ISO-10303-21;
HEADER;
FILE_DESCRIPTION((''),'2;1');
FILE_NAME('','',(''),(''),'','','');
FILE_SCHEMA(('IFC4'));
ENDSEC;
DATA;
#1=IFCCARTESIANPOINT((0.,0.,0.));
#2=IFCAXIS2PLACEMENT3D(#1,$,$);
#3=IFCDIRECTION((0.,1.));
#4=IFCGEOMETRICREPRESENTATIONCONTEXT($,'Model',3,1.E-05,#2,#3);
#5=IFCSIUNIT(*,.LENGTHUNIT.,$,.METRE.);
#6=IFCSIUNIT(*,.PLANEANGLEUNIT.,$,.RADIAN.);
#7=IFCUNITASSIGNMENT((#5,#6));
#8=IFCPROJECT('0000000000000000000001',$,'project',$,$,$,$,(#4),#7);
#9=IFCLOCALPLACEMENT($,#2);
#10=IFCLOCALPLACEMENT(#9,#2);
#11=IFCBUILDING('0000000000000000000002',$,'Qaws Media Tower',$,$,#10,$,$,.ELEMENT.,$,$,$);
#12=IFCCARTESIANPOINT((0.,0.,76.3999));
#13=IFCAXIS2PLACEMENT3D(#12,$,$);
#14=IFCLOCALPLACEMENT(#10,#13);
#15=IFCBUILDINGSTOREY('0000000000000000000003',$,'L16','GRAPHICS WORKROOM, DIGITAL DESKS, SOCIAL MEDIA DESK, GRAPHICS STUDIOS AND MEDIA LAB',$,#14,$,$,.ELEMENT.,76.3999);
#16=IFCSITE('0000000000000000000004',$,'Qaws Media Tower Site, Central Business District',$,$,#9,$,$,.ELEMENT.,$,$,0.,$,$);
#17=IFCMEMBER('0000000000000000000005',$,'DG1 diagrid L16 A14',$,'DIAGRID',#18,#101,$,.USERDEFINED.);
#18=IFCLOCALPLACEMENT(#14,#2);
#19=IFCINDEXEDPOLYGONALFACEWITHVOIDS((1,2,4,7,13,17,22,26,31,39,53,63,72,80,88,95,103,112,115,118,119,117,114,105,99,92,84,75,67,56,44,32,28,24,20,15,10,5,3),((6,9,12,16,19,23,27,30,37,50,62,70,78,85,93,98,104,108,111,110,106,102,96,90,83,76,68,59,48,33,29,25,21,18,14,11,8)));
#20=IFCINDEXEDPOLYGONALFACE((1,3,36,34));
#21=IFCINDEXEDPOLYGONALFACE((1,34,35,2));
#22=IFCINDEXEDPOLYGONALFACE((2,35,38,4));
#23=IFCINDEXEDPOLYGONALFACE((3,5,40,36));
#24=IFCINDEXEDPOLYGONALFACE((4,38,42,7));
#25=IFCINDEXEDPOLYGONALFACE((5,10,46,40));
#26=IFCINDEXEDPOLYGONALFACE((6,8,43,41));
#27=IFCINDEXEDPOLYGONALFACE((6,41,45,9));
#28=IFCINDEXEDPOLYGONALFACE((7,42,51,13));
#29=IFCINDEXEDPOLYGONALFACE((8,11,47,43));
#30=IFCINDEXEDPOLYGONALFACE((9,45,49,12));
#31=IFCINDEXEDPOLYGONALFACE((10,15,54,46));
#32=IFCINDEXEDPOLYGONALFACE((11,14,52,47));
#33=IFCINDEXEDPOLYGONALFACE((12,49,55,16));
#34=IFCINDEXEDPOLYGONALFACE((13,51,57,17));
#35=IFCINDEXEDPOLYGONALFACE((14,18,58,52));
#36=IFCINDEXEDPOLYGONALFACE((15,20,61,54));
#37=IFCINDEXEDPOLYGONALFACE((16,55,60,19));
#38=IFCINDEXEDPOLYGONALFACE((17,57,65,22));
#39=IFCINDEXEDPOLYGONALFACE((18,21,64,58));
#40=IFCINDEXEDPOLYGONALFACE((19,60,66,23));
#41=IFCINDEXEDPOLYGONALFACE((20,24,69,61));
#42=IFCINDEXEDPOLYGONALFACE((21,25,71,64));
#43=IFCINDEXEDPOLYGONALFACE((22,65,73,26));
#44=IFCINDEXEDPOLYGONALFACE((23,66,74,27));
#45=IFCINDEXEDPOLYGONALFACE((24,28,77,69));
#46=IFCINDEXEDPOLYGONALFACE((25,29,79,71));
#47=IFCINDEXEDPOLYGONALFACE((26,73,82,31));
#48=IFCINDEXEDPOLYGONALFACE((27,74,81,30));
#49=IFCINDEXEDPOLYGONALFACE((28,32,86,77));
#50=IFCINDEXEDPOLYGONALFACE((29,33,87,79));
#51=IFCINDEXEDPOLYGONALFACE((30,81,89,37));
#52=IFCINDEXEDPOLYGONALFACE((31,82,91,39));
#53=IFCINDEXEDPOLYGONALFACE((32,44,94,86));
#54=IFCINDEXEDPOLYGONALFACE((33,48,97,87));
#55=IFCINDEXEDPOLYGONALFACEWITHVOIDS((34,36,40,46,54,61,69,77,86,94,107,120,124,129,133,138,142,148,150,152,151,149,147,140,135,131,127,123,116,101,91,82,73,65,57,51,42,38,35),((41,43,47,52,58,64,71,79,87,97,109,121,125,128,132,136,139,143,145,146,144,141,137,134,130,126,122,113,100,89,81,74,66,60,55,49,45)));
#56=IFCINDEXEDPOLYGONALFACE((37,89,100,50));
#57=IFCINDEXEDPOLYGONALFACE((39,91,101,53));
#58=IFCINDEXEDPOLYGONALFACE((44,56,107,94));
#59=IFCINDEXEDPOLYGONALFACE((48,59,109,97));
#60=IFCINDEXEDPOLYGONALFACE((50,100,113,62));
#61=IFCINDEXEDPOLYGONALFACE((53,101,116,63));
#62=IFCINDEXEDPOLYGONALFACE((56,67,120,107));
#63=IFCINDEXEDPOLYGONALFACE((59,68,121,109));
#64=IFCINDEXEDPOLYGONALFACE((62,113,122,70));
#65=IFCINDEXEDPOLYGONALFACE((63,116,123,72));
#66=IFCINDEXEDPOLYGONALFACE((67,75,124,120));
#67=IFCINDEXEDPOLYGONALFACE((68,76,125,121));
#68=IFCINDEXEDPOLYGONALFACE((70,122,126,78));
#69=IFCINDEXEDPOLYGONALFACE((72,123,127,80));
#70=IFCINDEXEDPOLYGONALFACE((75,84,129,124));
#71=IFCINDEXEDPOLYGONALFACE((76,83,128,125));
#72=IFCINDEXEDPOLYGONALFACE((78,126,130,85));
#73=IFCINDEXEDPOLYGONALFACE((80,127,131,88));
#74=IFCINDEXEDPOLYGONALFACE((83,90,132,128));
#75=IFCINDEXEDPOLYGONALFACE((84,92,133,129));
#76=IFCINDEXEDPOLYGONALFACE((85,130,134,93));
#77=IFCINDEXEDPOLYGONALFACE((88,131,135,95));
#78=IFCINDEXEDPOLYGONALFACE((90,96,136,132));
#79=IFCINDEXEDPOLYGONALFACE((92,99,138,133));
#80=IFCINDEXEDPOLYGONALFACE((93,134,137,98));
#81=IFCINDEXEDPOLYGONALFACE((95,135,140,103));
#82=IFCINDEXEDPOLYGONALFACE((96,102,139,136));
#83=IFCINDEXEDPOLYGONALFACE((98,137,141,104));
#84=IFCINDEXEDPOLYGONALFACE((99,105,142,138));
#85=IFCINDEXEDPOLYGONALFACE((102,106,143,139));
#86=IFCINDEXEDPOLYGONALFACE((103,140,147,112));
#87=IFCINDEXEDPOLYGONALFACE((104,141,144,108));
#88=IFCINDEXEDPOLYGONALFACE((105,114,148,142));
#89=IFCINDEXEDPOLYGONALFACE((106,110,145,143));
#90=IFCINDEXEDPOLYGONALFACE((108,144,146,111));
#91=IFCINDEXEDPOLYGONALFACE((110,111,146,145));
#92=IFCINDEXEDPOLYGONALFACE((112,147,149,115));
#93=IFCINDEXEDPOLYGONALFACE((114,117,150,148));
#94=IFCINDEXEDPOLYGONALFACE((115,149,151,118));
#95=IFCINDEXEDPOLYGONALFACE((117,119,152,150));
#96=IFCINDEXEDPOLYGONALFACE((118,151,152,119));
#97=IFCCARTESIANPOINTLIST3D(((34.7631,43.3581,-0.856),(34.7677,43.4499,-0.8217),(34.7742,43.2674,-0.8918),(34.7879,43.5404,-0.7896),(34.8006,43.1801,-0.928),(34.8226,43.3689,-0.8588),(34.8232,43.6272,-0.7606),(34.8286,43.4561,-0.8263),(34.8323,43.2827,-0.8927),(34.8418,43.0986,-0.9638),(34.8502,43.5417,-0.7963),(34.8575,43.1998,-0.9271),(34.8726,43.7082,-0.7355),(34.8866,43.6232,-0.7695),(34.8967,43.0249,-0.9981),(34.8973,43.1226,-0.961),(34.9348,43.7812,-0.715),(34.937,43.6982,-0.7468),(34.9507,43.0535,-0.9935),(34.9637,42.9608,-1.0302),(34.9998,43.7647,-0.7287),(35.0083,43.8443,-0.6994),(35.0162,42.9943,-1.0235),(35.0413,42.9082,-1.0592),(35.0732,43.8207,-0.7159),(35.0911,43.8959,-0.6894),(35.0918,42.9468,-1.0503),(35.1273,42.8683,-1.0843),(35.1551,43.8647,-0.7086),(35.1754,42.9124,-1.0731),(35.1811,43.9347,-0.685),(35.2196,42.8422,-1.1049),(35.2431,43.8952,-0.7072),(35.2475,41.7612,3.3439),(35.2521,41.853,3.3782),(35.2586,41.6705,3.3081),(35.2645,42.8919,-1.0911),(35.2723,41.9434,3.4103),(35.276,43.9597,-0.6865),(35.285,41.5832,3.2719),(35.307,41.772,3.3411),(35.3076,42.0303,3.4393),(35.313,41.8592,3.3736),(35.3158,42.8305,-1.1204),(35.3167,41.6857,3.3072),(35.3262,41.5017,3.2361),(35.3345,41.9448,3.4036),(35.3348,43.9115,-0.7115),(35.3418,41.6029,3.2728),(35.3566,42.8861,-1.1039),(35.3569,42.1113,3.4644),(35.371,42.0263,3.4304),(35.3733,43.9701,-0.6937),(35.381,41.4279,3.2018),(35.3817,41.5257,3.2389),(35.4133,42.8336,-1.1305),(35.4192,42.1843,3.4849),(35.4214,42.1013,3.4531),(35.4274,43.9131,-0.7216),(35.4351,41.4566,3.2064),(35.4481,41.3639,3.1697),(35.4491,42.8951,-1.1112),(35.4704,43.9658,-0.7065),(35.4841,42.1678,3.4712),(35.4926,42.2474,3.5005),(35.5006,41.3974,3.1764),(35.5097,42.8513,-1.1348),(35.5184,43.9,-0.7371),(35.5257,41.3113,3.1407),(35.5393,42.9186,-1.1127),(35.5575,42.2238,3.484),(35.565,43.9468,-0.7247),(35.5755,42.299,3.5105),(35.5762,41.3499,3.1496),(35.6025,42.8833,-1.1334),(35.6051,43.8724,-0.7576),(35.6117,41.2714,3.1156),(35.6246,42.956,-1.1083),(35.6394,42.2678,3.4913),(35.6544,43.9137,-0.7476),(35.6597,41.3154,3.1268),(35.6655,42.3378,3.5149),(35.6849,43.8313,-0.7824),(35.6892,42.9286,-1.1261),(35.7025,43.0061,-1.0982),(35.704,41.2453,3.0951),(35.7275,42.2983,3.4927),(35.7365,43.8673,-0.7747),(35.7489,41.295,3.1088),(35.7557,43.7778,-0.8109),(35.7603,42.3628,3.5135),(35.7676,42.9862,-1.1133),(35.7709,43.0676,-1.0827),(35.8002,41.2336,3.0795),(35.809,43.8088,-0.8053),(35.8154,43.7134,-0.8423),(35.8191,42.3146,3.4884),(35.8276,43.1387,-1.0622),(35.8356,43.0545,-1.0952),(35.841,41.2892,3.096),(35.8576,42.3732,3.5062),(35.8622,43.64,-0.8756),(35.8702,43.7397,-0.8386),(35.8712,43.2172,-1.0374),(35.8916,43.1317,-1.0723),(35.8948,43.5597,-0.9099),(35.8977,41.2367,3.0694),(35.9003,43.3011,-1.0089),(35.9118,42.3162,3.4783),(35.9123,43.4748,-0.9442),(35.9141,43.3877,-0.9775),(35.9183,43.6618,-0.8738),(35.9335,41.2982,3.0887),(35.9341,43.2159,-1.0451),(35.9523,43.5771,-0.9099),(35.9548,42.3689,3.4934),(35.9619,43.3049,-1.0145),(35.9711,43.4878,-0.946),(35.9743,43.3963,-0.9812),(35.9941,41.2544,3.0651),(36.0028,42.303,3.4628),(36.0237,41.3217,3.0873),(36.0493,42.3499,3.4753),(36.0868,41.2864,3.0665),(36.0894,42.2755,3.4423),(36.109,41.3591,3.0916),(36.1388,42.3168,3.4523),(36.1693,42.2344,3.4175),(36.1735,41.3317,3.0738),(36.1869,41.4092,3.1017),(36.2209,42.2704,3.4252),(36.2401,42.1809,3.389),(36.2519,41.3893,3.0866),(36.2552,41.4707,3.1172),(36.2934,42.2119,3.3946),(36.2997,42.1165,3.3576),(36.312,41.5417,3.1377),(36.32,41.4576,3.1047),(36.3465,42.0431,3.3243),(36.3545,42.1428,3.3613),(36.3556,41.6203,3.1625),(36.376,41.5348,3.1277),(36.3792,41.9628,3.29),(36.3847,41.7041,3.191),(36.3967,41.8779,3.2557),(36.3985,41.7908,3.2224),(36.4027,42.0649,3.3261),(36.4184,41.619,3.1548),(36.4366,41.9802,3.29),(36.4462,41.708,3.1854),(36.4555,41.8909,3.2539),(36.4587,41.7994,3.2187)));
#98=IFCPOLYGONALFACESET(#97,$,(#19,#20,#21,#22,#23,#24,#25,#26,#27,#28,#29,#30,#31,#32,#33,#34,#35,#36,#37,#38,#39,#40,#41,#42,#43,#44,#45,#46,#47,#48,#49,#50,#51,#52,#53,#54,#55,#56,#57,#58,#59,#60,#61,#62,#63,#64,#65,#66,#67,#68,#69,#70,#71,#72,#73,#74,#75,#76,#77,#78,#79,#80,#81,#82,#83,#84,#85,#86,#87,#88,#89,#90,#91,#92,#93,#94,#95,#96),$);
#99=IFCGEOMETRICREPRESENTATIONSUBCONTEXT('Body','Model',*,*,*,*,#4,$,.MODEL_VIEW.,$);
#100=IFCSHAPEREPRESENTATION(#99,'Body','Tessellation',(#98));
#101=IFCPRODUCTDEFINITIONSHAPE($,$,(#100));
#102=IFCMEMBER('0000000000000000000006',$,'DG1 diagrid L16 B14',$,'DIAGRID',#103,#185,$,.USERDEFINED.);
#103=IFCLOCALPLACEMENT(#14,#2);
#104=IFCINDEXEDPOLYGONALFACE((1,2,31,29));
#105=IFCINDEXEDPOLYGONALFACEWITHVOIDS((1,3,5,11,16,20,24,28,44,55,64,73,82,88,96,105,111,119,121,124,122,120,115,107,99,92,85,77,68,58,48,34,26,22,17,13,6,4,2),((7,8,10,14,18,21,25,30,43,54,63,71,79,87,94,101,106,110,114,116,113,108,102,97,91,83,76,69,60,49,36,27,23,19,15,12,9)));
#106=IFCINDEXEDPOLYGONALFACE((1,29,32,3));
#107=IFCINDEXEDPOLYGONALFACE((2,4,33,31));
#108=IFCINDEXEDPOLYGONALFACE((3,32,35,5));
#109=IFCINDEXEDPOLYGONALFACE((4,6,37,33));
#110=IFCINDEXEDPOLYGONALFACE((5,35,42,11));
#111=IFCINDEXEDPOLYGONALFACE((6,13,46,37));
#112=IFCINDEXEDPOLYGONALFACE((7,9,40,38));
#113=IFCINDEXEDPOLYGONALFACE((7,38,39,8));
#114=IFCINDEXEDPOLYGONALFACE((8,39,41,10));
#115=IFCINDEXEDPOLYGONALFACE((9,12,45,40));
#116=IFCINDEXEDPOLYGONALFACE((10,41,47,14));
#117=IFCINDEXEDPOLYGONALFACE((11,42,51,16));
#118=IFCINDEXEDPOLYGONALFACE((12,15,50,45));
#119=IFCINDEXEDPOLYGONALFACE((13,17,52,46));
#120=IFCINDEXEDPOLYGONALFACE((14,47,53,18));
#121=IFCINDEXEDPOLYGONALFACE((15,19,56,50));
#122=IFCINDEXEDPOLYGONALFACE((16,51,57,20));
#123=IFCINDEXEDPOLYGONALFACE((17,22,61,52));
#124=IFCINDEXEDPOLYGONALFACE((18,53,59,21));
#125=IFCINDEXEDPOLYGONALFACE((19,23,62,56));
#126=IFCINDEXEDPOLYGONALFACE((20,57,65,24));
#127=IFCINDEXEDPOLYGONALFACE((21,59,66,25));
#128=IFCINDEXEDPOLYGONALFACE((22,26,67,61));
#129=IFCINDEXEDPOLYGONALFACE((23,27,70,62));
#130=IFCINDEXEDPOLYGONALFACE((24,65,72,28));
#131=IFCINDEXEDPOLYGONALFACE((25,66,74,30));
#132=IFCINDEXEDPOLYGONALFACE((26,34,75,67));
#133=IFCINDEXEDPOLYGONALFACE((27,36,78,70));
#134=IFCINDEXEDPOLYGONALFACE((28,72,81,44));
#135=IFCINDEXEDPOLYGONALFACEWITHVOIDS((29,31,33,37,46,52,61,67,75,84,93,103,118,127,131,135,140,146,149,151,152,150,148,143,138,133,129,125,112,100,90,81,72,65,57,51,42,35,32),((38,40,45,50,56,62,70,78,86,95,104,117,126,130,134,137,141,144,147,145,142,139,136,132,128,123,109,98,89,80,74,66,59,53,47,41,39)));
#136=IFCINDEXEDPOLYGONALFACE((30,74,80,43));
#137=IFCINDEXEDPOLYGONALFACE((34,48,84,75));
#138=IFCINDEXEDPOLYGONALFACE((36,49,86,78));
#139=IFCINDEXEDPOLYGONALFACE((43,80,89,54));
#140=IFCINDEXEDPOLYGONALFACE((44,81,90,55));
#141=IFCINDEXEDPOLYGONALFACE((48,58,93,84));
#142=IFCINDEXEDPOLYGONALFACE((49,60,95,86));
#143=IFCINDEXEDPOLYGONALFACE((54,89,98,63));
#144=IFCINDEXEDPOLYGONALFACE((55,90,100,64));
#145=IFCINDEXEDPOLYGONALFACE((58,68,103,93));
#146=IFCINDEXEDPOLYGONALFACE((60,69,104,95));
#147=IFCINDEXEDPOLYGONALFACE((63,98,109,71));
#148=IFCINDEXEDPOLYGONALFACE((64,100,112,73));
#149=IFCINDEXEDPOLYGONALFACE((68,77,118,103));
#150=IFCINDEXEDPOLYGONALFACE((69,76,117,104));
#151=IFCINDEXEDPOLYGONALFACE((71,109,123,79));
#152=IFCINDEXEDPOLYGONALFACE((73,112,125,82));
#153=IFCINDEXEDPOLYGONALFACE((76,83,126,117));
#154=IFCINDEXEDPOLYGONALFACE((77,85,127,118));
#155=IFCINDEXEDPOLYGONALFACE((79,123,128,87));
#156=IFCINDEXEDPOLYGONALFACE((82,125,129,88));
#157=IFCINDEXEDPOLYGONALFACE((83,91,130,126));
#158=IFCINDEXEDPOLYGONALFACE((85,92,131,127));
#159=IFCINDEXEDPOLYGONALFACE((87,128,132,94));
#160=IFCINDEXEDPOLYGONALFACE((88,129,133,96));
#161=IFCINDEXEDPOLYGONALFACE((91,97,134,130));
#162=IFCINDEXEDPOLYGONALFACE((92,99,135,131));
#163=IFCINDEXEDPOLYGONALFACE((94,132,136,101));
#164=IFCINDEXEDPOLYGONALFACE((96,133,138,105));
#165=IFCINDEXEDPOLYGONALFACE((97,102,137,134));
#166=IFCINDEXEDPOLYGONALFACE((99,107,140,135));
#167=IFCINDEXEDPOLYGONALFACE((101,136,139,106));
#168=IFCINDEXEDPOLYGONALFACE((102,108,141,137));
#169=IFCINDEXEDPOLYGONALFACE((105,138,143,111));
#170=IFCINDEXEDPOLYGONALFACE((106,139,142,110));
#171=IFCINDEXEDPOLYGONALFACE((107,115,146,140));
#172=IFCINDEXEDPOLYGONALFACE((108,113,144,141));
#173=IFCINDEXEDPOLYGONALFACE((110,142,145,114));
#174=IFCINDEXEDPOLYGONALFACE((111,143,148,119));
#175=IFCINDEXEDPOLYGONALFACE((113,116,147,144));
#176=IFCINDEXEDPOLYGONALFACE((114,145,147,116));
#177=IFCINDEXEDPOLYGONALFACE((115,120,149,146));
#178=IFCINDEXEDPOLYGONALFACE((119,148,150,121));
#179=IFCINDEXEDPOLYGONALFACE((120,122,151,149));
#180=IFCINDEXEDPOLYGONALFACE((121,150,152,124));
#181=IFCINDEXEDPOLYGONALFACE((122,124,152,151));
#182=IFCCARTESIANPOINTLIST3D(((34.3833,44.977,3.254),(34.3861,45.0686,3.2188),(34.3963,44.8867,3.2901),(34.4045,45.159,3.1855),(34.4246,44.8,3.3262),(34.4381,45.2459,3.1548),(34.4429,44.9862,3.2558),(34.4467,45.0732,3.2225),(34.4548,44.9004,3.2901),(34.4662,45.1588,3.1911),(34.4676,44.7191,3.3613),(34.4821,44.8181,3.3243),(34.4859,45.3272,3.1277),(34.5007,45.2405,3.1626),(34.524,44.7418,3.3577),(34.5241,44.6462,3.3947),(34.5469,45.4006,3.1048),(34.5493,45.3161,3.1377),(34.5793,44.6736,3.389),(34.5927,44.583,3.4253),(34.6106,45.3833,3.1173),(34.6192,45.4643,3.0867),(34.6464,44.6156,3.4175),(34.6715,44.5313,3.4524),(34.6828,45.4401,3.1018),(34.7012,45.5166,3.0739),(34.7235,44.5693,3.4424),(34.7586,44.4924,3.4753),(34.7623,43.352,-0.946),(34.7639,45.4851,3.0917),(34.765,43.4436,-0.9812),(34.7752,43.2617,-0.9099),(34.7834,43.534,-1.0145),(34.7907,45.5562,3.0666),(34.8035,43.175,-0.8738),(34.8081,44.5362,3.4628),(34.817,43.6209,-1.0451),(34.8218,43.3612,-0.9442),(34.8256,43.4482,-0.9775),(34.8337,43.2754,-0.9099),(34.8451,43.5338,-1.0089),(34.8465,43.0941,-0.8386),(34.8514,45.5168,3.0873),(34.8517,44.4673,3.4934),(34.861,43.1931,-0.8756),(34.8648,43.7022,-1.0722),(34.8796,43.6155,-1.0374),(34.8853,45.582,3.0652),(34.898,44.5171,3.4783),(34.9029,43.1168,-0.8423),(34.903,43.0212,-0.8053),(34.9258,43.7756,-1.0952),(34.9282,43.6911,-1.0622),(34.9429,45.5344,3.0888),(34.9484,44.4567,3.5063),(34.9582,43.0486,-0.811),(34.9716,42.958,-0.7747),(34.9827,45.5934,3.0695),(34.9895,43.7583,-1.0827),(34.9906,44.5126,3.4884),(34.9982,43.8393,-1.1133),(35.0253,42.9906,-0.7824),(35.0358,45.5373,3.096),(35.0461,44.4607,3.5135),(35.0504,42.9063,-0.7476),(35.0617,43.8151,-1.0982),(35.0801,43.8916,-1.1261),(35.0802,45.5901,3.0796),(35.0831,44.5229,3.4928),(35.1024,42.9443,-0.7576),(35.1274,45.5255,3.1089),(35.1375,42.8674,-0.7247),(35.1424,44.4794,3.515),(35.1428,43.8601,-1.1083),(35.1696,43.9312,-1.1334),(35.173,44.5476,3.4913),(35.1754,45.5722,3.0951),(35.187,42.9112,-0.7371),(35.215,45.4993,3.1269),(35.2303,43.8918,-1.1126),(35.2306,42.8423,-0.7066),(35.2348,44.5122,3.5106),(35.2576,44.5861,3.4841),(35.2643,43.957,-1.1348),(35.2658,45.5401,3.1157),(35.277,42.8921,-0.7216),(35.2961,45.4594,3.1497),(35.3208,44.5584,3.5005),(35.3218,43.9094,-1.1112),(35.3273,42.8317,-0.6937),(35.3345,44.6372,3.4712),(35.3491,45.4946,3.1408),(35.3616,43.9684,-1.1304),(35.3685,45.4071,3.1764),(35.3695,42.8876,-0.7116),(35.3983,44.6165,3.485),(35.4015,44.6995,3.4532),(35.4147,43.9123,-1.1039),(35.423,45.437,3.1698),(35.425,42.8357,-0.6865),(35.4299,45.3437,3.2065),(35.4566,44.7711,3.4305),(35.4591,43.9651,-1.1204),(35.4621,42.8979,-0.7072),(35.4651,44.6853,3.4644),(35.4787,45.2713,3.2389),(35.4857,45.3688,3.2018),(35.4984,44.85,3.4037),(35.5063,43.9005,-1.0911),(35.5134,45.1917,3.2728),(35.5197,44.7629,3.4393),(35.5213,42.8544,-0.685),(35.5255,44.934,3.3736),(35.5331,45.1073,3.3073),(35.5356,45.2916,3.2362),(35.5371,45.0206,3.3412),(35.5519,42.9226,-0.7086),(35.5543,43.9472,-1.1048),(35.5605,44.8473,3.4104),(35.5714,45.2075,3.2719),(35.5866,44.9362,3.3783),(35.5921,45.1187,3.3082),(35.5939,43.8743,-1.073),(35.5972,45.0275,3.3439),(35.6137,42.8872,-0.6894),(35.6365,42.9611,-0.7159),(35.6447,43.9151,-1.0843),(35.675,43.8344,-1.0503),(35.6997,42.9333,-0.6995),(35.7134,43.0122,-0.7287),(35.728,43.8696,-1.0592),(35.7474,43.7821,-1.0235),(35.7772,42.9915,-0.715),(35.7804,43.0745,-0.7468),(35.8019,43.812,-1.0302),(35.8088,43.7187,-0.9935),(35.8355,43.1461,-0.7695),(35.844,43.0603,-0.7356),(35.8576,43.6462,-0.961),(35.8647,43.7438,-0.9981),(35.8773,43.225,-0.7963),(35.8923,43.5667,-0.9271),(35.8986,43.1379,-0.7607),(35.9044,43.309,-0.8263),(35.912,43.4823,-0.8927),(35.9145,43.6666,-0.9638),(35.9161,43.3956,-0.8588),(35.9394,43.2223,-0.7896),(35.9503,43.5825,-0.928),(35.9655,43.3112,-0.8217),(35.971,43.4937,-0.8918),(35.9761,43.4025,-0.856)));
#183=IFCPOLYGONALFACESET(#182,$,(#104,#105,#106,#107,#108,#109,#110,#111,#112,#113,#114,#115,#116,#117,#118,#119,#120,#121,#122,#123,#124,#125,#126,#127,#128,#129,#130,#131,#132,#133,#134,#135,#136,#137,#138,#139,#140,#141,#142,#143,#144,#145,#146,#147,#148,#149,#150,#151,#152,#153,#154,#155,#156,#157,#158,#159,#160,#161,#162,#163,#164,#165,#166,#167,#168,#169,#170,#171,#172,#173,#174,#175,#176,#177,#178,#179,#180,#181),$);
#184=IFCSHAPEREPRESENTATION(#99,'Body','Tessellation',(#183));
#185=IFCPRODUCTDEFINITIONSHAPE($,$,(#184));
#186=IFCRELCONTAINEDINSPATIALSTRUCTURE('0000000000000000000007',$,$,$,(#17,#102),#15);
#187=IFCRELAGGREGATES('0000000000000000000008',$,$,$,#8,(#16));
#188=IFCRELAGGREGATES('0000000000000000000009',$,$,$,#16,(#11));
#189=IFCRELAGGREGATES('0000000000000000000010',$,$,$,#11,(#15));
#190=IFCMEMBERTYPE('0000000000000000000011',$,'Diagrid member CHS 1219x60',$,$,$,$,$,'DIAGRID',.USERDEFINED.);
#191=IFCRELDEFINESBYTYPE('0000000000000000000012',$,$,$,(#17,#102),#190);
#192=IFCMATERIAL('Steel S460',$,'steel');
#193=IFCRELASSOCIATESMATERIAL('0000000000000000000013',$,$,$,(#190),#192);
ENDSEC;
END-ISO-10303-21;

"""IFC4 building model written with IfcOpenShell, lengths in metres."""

from ifc_helpers import new_model, si_unit, direction, frame, origin, origin_2d, place, context, subcontext, project, spatial, hollow_circle, extrude, material, material_profile, profile_set, type_object, element, save


model = new_model("IFC4")

# Units and contexts
model_context = context("Model", 3, precision=1e-05, world=origin(), true_north=direction((0.0, 1.0)))
body_context = subcontext(model_context, "Body", "Model", "MODEL_VIEW")
ifc_project = project(units=[si_unit("LENGTHUNIT", "METRE"), si_unit("PLANEANGLEUNIT", "RADIAN")], contexts=[model_context])

# Site, building, storey
site_placement = place(None, origin())
site = spatial("IfcSite", under=ifc_project, at=site_placement, Name="Qaws Media Tower Site, Central Business District", CompositionType="ELEMENT", RefElevation=0.0)
building_placement = place(site_placement, origin())
building = spatial("IfcBuilding", under=site, at=building_placement, Name="Qaws Media Tower", CompositionType="ELEMENT")
storey_placement = place(building_placement, frame((0.0, 0.0, 76.3999)))
storey = spatial("IfcBuildingStorey", under=building, at=storey_placement, Name="L16", Description="GRAPHICS WORKROOM, DIGITAL DESKS, SOCIAL MEDIA DESK, GRAPHICS STUDIOS AND MEDIA LAB", CompositionType="ELEMENT", Elevation=76.3999)

# Members
ifc_material_1 = material(Name="Steel S460", Category="steel")
ifc_material_profile_1 = material_profile(ifc_material_1, hollow_circle(Radius=0.6096, WallThickness=0.0601, at=origin_2d()), Name="CHS 1219x60")
ifc_profile_set_1 = profile_set([ifc_material_profile_1], Name="Steel S460")
member_type = type_object("IfcMemberType", Name="Diagrid member CHS 1219x60", ElementType="DIAGRID", PredefinedType="USERDEFINED", material=ifc_profile_set_1)
for number, where, z_axis, x_axis, name in (
    (1, (35.3689, 43.4001, -0.9099), (0.107178, -0.353354, 0.92933), (0.956948, 0.290259, 0.0), "DG1 diagrid L16 A14"),
    (2, (35.3689, 43.4001, -0.9099), (-0.083842, 0.359571, 0.929343), (-0.973876, -0.227082, 0.0), "DG1 diagrid L16 B14"),
):
    element("IfcMember", number, at=place(storey_placement, frame(where, z_axis=z_axis, x_axis=x_axis)), inside=storey, type_object=member_type, Name=name, ObjectType="DIAGRID", PredefinedType="USERDEFINED", context=body_context, shape_type="SweptSolid", body=[
        extrude(hollow_circle(Radius=0.6096, WallThickness=0.0601, at=origin_2d()), origin(), (0.0, 0.0, 1.0), 4.5193),
    ])

save(model, "model.ifc")
